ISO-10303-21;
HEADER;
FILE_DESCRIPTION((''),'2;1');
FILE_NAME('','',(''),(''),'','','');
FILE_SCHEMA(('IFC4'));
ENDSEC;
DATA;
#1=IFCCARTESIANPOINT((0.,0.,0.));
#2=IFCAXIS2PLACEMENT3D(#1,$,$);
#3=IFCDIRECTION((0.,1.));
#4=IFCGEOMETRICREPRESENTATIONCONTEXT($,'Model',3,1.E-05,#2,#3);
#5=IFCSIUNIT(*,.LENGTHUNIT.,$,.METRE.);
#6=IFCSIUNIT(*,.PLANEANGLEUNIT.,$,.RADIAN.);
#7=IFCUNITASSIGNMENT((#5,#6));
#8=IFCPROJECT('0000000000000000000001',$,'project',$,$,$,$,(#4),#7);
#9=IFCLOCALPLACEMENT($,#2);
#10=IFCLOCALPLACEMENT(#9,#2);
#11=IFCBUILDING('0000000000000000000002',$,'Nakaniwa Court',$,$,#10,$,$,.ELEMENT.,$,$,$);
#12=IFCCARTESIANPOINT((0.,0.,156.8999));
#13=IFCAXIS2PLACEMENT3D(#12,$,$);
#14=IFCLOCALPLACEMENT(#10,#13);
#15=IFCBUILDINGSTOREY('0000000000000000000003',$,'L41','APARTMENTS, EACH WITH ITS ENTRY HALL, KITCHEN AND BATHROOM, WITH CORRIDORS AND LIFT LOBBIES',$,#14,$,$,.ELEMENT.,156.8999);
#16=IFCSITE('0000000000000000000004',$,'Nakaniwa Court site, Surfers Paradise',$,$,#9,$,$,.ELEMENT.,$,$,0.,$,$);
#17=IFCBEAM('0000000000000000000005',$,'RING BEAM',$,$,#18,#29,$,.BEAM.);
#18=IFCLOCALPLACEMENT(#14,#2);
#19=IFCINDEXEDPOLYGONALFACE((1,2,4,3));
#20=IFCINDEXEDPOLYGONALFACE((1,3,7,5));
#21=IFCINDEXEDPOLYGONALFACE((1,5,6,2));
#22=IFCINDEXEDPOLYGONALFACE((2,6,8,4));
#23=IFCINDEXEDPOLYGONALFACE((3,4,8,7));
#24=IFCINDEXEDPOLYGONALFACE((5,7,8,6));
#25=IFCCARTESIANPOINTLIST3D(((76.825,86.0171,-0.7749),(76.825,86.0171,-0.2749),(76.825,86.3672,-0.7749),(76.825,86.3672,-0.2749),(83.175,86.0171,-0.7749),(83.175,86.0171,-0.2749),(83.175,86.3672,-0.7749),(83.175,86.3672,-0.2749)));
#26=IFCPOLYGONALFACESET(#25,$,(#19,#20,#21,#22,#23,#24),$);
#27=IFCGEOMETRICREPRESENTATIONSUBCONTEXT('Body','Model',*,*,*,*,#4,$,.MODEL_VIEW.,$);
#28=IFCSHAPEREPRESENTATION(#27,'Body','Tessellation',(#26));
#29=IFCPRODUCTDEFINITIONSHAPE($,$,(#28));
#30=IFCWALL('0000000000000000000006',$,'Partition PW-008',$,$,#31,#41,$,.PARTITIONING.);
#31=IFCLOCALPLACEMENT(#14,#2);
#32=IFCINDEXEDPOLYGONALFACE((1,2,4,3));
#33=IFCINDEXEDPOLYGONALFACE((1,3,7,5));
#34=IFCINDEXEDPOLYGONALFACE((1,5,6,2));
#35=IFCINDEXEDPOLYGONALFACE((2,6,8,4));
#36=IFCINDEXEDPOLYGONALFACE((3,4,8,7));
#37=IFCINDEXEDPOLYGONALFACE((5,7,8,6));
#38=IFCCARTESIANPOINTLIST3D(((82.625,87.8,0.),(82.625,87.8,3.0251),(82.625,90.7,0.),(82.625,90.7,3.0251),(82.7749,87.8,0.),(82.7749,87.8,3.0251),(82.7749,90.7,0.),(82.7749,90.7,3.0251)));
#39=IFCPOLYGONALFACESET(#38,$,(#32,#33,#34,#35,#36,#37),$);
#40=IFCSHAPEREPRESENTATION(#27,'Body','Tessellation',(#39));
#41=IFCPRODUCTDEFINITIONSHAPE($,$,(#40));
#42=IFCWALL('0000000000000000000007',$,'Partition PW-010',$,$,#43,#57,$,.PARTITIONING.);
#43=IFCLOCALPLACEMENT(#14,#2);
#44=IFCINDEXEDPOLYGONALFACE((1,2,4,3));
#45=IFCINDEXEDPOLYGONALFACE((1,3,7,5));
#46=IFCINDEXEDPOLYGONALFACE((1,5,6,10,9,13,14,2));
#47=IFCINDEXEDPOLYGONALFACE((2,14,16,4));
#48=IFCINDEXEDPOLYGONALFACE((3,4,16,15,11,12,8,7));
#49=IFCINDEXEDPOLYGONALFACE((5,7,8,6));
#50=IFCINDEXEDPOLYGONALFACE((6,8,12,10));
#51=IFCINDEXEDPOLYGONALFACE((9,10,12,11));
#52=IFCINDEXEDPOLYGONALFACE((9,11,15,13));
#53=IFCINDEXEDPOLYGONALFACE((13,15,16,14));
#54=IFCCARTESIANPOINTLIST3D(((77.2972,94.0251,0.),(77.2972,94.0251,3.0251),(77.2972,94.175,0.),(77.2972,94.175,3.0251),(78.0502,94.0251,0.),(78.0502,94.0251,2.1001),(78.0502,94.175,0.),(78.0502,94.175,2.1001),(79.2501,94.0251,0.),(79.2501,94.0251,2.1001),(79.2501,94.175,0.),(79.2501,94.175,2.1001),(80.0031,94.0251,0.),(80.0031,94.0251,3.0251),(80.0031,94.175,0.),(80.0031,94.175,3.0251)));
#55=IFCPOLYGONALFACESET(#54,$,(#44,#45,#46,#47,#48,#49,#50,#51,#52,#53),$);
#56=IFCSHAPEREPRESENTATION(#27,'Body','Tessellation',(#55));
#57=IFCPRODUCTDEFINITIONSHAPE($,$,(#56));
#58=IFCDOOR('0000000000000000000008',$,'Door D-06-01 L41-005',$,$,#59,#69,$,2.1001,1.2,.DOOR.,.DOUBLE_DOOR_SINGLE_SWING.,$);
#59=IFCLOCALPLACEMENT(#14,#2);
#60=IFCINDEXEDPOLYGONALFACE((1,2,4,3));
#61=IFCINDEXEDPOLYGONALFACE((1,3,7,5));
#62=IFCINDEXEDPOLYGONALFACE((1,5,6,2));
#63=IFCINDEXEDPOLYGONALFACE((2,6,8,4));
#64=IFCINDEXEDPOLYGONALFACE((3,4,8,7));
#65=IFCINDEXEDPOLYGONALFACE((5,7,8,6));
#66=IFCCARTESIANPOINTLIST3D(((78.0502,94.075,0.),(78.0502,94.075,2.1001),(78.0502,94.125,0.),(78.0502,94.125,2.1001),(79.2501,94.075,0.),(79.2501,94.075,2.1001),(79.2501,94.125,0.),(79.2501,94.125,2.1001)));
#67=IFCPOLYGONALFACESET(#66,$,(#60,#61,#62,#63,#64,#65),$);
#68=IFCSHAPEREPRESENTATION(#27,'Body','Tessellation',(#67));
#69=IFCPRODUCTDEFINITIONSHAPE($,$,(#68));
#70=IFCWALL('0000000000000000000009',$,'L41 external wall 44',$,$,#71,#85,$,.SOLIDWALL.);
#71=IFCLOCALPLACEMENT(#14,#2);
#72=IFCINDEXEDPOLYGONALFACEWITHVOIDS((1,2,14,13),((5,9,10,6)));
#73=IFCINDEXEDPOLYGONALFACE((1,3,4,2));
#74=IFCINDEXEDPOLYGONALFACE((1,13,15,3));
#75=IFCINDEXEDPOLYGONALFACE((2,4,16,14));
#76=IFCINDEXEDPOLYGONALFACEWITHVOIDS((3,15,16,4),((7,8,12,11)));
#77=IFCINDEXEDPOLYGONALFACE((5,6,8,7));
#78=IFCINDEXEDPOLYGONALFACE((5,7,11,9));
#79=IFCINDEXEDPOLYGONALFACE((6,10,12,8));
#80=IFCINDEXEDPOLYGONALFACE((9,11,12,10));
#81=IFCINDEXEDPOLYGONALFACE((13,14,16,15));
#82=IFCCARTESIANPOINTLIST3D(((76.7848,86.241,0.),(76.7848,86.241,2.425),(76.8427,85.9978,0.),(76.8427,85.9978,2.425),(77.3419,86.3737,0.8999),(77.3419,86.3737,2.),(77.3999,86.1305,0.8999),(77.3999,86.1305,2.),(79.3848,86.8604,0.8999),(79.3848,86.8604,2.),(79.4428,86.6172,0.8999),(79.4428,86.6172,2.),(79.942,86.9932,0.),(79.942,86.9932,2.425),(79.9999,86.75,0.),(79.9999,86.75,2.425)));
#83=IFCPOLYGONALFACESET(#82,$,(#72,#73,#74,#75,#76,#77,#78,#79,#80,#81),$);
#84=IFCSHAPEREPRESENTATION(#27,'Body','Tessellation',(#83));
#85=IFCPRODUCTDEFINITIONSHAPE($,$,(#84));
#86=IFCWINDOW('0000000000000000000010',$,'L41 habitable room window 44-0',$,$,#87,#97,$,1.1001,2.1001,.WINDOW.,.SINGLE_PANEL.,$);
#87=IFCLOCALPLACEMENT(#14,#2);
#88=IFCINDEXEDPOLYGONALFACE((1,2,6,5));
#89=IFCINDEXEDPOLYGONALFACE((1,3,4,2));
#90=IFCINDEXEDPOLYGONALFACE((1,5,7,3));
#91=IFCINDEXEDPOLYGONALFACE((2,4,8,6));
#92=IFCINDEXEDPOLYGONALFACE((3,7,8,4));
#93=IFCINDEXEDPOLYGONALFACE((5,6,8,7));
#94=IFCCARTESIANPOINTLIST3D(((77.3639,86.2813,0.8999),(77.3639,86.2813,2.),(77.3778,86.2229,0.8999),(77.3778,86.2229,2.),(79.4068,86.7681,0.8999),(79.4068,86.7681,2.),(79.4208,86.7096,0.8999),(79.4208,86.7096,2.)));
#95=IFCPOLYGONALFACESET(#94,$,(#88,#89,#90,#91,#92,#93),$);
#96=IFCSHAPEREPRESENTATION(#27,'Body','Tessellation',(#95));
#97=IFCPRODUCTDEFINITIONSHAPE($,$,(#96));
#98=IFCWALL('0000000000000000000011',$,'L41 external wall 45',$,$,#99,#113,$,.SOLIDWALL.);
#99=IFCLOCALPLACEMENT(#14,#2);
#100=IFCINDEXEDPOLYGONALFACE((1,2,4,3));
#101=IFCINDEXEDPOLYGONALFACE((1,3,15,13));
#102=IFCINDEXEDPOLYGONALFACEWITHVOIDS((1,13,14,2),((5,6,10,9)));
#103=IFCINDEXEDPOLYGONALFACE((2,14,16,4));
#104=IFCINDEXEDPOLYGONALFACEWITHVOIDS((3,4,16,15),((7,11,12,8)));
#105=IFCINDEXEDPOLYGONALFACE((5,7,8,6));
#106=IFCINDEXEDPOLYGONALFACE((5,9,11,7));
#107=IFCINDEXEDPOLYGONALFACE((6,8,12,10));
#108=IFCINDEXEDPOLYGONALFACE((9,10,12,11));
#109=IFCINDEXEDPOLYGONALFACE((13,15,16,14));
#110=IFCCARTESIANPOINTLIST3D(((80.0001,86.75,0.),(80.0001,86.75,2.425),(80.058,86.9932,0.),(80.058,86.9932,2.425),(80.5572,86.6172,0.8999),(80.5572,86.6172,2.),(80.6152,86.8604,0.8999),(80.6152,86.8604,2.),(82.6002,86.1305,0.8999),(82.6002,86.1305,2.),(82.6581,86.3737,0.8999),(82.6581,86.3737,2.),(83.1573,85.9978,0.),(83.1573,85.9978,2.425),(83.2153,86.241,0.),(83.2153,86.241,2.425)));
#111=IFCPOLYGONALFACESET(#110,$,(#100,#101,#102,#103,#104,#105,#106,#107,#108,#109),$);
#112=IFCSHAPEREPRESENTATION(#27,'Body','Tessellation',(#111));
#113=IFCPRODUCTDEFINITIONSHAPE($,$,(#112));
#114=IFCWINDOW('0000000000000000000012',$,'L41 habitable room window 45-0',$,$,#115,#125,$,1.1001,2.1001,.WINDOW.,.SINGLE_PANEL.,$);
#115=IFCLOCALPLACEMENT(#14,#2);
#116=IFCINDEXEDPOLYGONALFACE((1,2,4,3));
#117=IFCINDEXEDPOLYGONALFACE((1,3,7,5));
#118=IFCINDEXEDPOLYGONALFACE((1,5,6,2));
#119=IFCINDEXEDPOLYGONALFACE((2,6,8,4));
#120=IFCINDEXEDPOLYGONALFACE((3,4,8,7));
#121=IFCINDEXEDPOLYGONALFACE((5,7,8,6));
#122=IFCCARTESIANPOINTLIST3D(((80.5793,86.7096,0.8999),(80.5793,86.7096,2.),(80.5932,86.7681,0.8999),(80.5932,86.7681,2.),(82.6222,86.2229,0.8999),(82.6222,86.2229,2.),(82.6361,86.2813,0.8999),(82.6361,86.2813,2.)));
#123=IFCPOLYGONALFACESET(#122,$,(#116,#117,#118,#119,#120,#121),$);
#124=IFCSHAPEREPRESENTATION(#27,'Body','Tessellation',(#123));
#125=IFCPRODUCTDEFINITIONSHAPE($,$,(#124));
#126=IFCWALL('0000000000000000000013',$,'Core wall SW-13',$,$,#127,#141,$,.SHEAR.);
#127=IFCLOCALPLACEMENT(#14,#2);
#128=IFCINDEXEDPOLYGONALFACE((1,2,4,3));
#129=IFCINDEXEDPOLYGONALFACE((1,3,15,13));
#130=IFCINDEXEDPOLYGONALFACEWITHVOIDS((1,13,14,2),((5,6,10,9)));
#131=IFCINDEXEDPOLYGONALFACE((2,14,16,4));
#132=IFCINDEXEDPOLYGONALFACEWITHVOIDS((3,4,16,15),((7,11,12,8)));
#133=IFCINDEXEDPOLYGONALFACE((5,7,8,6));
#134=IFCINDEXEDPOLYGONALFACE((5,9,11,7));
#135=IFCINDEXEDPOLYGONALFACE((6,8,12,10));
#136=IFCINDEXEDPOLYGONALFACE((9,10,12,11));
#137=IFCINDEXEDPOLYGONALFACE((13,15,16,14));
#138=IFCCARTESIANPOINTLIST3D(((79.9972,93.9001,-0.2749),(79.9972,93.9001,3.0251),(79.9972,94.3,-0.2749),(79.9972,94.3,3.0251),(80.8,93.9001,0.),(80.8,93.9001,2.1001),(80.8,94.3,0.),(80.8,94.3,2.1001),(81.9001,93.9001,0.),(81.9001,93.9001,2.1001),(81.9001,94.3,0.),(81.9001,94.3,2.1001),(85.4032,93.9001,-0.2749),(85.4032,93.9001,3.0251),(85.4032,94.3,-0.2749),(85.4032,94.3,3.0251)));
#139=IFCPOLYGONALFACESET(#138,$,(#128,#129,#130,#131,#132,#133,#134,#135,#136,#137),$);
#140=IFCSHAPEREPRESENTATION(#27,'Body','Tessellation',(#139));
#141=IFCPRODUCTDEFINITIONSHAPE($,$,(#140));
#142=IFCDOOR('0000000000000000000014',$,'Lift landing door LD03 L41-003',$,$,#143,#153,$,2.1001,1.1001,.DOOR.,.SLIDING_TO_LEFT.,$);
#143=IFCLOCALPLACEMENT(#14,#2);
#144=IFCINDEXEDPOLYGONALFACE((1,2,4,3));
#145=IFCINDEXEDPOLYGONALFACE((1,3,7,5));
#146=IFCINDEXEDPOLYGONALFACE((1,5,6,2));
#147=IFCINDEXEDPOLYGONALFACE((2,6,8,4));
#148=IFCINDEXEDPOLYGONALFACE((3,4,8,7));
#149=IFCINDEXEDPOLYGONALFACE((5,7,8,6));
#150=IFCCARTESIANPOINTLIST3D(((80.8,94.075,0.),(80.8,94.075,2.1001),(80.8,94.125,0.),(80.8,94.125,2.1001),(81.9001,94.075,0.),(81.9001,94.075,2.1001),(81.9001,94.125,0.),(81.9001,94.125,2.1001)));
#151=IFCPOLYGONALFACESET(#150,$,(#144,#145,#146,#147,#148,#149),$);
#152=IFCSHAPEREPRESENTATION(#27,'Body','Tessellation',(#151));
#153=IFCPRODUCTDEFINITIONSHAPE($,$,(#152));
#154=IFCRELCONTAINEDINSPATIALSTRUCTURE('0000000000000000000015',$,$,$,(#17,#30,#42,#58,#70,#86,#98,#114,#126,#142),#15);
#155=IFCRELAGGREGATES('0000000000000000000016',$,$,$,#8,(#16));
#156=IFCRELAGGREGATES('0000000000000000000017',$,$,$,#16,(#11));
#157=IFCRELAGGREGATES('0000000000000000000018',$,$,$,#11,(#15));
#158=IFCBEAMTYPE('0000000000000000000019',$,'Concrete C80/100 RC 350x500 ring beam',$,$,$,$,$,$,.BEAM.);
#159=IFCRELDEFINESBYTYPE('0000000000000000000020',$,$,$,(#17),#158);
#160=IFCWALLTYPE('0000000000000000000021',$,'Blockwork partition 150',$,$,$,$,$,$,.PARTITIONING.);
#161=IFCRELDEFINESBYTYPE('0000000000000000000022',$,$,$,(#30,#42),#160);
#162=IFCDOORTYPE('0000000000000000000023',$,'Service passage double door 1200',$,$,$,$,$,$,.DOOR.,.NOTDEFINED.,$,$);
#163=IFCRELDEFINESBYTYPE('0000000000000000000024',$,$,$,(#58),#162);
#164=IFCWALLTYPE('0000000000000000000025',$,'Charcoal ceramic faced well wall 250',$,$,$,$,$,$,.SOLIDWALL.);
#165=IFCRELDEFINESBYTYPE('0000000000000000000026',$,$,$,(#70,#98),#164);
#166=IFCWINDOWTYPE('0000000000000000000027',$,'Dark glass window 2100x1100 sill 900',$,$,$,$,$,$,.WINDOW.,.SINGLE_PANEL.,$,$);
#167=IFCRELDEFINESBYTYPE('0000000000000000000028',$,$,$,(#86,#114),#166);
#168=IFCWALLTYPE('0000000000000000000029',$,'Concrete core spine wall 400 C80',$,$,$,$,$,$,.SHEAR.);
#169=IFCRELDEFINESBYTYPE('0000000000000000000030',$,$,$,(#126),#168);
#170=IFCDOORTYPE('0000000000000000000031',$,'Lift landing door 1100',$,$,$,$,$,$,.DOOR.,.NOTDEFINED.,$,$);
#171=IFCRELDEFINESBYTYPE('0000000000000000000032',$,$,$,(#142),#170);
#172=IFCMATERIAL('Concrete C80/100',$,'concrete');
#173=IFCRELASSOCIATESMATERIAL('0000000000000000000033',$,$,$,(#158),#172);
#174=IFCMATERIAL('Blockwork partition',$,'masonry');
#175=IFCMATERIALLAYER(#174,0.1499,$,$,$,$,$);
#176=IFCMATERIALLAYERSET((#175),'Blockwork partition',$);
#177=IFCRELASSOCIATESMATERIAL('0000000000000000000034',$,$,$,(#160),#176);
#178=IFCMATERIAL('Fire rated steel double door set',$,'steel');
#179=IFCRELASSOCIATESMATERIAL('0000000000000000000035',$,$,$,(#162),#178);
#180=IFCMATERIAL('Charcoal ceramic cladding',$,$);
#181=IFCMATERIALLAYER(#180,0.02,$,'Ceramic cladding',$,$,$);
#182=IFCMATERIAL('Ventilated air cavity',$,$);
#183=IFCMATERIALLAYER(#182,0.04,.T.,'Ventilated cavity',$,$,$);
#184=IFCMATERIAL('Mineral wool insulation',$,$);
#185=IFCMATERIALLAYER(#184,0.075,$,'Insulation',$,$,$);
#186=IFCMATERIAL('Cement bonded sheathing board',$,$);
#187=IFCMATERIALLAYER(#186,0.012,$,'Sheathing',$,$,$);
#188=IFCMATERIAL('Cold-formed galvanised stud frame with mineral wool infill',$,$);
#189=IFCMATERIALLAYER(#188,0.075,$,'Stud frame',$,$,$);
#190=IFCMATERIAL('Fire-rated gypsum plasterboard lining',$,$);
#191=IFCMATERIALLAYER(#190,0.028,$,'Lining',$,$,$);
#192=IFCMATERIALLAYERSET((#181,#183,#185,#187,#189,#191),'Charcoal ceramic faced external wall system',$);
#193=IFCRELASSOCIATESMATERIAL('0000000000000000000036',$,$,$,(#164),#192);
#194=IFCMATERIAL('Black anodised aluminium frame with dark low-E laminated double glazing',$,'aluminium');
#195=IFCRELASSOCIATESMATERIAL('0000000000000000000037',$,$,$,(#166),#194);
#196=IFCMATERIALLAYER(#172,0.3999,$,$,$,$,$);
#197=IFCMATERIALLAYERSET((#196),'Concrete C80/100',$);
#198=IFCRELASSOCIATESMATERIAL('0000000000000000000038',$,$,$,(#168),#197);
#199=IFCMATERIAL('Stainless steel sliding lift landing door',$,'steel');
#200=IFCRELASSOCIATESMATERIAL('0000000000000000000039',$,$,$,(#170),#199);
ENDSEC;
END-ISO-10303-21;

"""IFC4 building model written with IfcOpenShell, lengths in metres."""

from ifc_helpers import new_model, si_unit, direction, frame, frame_2d, origin, origin_2d, place, context, subcontext, project, spatial, rectangle, extrude, material, layer, layer_set, material_profile, profile_set, type_object, element, fill, save


model = new_model("IFC4")

# Units and contexts
model_context = context("Model", 3, precision=1e-05, world=origin(), true_north=direction((0.0, 1.0)))
body_context = subcontext(model_context, "Body", "Model", "MODEL_VIEW")
ifc_project = project(units=[si_unit("LENGTHUNIT", "METRE"), si_unit("PLANEANGLEUNIT", "RADIAN")], contexts=[model_context])

# Site, building, storey
site_placement = place(None, origin())
site = spatial("IfcSite", under=ifc_project, at=site_placement, Name="Nakaniwa Court site, Surfers Paradise", CompositionType="ELEMENT", RefElevation=0.0)
building_placement = place(site_placement, origin())
building = spatial("IfcBuilding", under=site, at=building_placement, Name="Nakaniwa Court", CompositionType="ELEMENT")
storey_placement = place(building_placement, frame((0.0, 0.0, 156.8999)))
storey = spatial("IfcBuildingStorey", under=building, at=storey_placement, Name="L41", Description="APARTMENTS, EACH WITH ITS ENTRY HALL, KITCHEN AND BATHROOM, WITH CORRIDORS AND LIFT LOBBIES", CompositionType="ELEMENT", Elevation=156.8999)

# Shared definitions
ifc_material_1 = material(Name="Concrete C80/100", Category="concrete")

# Beam
ifc_material_profile_1 = material_profile(ifc_material_1, rectangle(XDim=0.3501, YDim=0.5, at=origin_2d()), Name="Concrete C80/100 RC 350x500 ring beam")
ifc_profile_set_1 = profile_set([ifc_material_profile_1], Name="Concrete C80/100")
beam_type = type_object("IfcBeamType", Name="Concrete C80/100 RC 350x500 ring beam", PredefinedType="BEAM", material=ifc_profile_set_1)
beam_placement = place(storey_placement, frame((83.175, 86.1921, -0.5249), z_axis=(-1.0, 0.0, 0.0), x_axis=(0.0, -1.0, 0.0)))
element("IfcBeam", 1, at=beam_placement, inside=storey, type_object=beam_type, Name="RING BEAM", PredefinedType="BEAM", context=body_context, shape_type="SweptSolid", body=[
    extrude(rectangle(XDim=0.3501, YDim=0.5, at=origin_2d()), origin(), (0.0, 0.0, 1.0), 6.3501),
])

# Wall
ifc_material_2 = material(Name="Blockwork partition", Category="masonry")
ifc_layer_1 = layer(ifc_material_2, 0.1499)
ifc_layer_set_1 = layer_set([ifc_layer_1], Name="Blockwork partition")
wall_type_1 = type_object("IfcWallType", Name="Blockwork partition 150", PredefinedType="PARTITIONING", material=ifc_layer_set_1)
wall_1_placement = place(storey_placement, frame((82.7, 87.8, 0.0), z_axis=(0.0, 0.0, 1.0), x_axis=(0.0, 1.0, 0.0)))
element("IfcWall", 2, at=wall_1_placement, inside=storey, type_object=wall_type_1, Name="Partition PW-008", PredefinedType="PARTITIONING", context=body_context, shape_type="SweptSolid", body=[
    extrude(rectangle(XDim=2.8999, YDim=0.1499, at=frame_2d((1.45, 0.0))), origin(), (0.0, 0.0, 1.0), 3.0251),
])

# Wall, opening, door
wall_2_placement = place(storey_placement, frame((77.2971, 94.1001, 0.0), z_axis=(0.0, 0.0, 1.0), x_axis=(1.0, 0.0, 0.0)))
wall_2 = element("IfcWall", 3, at=wall_2_placement, inside=storey, type_object=wall_type_1, Name="Partition PW-010", PredefinedType="PARTITIONING", context=body_context, shape_type="SweptSolid", body=[
    extrude(rectangle(XDim=2.7058, YDim=0.1499, at=frame_2d((1.353, 0.0))), origin(), (0.0, 0.0, 1.0), 3.0251),
])
opening_1_placement = place(wall_2_placement, frame((0.7529, 0.0, 0.0)))
opening_1 = element("IfcOpeningElement", 4, at=opening_1_placement, cuts=wall_2, PredefinedType="OPENING", context=body_context, shape_type="SweptSolid", body=[
    extrude(rectangle(XDim=1.2, YDim=2.1001, at=frame_2d((0.6001, 1.05))), frame((0.0, 0.085, 0.0), z_axis=(0.0, -1.0, 0.0), x_axis=(1.0, 0.0, 0.0)), (0.0, 0.0, 1.0), 0.1699),
])
ifc_material_3 = material(Name="Fire rated steel double door set", Category="steel")
door_type_1 = type_object("IfcDoorType", Name="Service passage double door 1200", OperationType="NOTDEFINED", PredefinedType="DOOR", material=ifc_material_3)
door_1_placement = place(opening_1_placement, origin())
door_1 = element("IfcDoor", 5, at=door_1_placement, inside=storey, type_object=door_type_1, Name="Door D-06-01 L41-005", OperationType="DOUBLE_DOOR_SINGLE_SWING", OverallHeight=2.1001, OverallWidth=1.2, PredefinedType="DOOR", context=body_context, shape_type="SweptSolid", body=[
    extrude(rectangle(XDim=1.2, YDim=2.1001, at=frame_2d((0.6001, 1.05))), frame((0.0, 0.0249, 0.0), z_axis=(0.0, -1.0, 0.0), x_axis=(1.0, 0.0, 0.0)), (0.0, 0.0, 1.0), 0.05),
])
fill(opening_1, door_1)

# Walls, openings, windows
ifc_material_4 = material(Name="Charcoal ceramic cladding")
ifc_layer_2 = layer(ifc_material_4, 0.02, Name="Ceramic cladding")
ifc_material_5 = material(Name="Ventilated air cavity")
ifc_layer_3 = layer(ifc_material_5, 0.04, ventilated=True, Name="Ventilated cavity")
ifc_material_6 = material(Name="Mineral wool insulation")
ifc_layer_4 = layer(ifc_material_6, 0.075, Name="Insulation")
ifc_material_7 = material(Name="Cement bonded sheathing board")
ifc_layer_5 = layer(ifc_material_7, 0.012, Name="Sheathing")
ifc_material_8 = material(Name="Cold-formed galvanised stud frame with mineral wool infill")
ifc_layer_6 = layer(ifc_material_8, 0.075, Name="Stud frame")
ifc_material_9 = material(Name="Fire-rated gypsum plasterboard lining")
ifc_layer_7 = layer(ifc_material_9, 0.028, Name="Lining")
ifc_layer_set_2 = layer_set([ifc_layer_2, ifc_layer_3, ifc_layer_4, ifc_layer_5, ifc_layer_6, ifc_layer_7], Name="Charcoal ceramic faced external wall system")
wall_type_2 = type_object("IfcWallType", Name="Charcoal ceramic faced well wall 250", PredefinedType="SOLIDWALL", material=ifc_layer_set_2)
wall_3_placement = place(storey_placement, frame((76.8137, 86.1194, 0.0), z_axis=(0.0, 0.0, 1.0), x_axis=(0.972773, 0.23176, 0.0)))
wall_3 = element("IfcWall", 6, at=wall_3_placement, inside=storey, type_object=wall_type_2, Name="L41 external wall 44", PredefinedType="SOLIDWALL", context=body_context, shape_type="SweptSolid", body=[
    extrude(rectangle(XDim=3.2456, YDim=0.25, at=frame_2d((1.6228, 0.0))), origin(), (0.0, 0.0, 1.0), 2.425),
])
opening_2_placement = place(wall_3_placement, frame((0.5728, 0.0, 0.8999)))
opening_2 = element("IfcOpeningElement", 7, at=opening_2_placement, cuts=wall_3, PredefinedType="OPENING", context=body_context, shape_type="SweptSolid", body=[
    extrude(rectangle(XDim=2.1001, YDim=1.1001, at=frame_2d((1.05, 0.55))), frame((0.0, 0.135, 0.0), z_axis=(0.0, -1.0, 0.0), x_axis=(1.0, 0.0, 0.0)), (0.0, 0.0, 1.0), 0.27),
])
ifc_material_10 = material(Name="Black anodised aluminium frame with dark low-E laminated double glazing", Category="aluminium")
window_type = type_object("IfcWindowType", Name="Dark glass window 2100x1100 sill 900", PartitioningType="SINGLE_PANEL", PredefinedType="WINDOW", material=ifc_material_10)
window_1_placement = place(opening_2_placement, origin())
window_1 = element("IfcWindow", 8, at=window_1_placement, inside=storey, type_object=window_type, Name="L41 habitable room window 44-0", OverallHeight=1.1001, OverallWidth=2.1001, PartitioningType="SINGLE_PANEL", PredefinedType="WINDOW", context=body_context, shape_type="SweptSolid", body=[
    extrude(rectangle(XDim=2.1001, YDim=1.1001, at=frame_2d((1.05, 0.55))), frame((0.0, 0.03, 0.0), z_axis=(0.0, -1.0, 0.0), x_axis=(1.0, 0.0, 0.0)), (0.0, 0.0, 1.0), 0.0601),
])
fill(opening_2, window_1)
wall_4_placement = place(storey_placement, frame((80.0291, 86.8716, 0.0), z_axis=(0.0, 0.0, 1.0), x_axis=(0.972773, -0.23176, 0.0)))
wall_4 = element("IfcWall", 9, at=wall_4_placement, inside=storey, type_object=wall_type_2, Name="L41 external wall 45", PredefinedType="SOLIDWALL", context=body_context, shape_type="SweptSolid", body=[
    extrude(rectangle(XDim=3.2456, YDim=0.25, at=frame_2d((1.6228, 0.0))), origin(), (0.0, 0.0, 1.0), 2.425),
])
opening_3_placement = place(wall_4_placement, frame((0.5728, 0.0, 0.8999)))
opening_3 = element("IfcOpeningElement", 10, at=opening_3_placement, cuts=wall_4, PredefinedType="OPENING", context=body_context, shape_type="SweptSolid", body=[
    extrude(rectangle(XDim=2.1001, YDim=1.1001, at=frame_2d((1.05, 0.55))), frame((0.0, 0.135, 0.0), z_axis=(0.0, -1.0, 0.0), x_axis=(1.0, 0.0, 0.0)), (0.0, 0.0, 1.0), 0.27),
])
window_2_placement = place(opening_3_placement, origin())
window_2 = element("IfcWindow", 11, at=window_2_placement, inside=storey, type_object=window_type, Name="L41 habitable room window 45-0", OverallHeight=1.1001, OverallWidth=2.1001, PartitioningType="SINGLE_PANEL", PredefinedType="WINDOW", context=body_context, shape_type="SweptSolid", body=[
    extrude(rectangle(XDim=2.1001, YDim=1.1001, at=frame_2d((1.05, 0.55))), frame((0.0, 0.03, 0.0), z_axis=(0.0, -1.0, 0.0), x_axis=(1.0, 0.0, 0.0)), (0.0, 0.0, 1.0), 0.0601),
])
fill(opening_3, window_2)

# Wall, opening, door
ifc_layer_8 = layer(ifc_material_1, 0.3999)
ifc_layer_set_3 = layer_set([ifc_layer_8], Name="Concrete C80/100")
wall_type_3 = type_object("IfcWallType", Name="Concrete core spine wall 400 C80", PredefinedType="SHEAR", material=ifc_layer_set_3)
wall_5_placement = place(storey_placement, frame((79.9971, 94.1001, -0.2749), z_axis=(0.0, 0.0, 1.0), x_axis=(1.0, 0.0, 0.0)))
wall_5 = element("IfcWall", 12, at=wall_5_placement, inside=storey, type_object=wall_type_3, Name="Core wall SW-13", PredefinedType="SHEAR", context=body_context, shape_type="SweptSolid", body=[
    extrude(rectangle(XDim=5.406, YDim=0.3999, at=frame_2d((2.7031, 0.0))), origin(), (0.0, 0.0, 1.0), 3.3),
])
opening_4_placement = place(wall_5_placement, frame((0.803, 0.0, 0.2749)))
opening_4 = element("IfcOpeningElement", 13, at=opening_4_placement, cuts=wall_5, PredefinedType="OPENING", context=body_context, shape_type="SweptSolid", body=[
    extrude(rectangle(XDim=1.1001, YDim=2.1001, at=frame_2d((0.55, 1.05))), frame((0.0, 0.21, 0.0), z_axis=(0.0, -1.0, 0.0), x_axis=(1.0, 0.0, 0.0)), (0.0, 0.0, 1.0), 0.4199),
])
ifc_material_11 = material(Name="Stainless steel sliding lift landing door", Category="steel")
door_type_2 = type_object("IfcDoorType", Name="Lift landing door 1100", OperationType="NOTDEFINED", PredefinedType="DOOR", material=ifc_material_11)
door_2_placement = place(opening_4_placement, origin())
door_2 = element("IfcDoor", 14, at=door_2_placement, inside=storey, type_object=door_type_2, Name="Lift landing door LD03 L41-003", OperationType="SLIDING_TO_LEFT", OverallHeight=2.1001, OverallWidth=1.1001, PredefinedType="DOOR", context=body_context, shape_type="SweptSolid", body=[
    extrude(rectangle(XDim=1.1001, YDim=2.1001, at=frame_2d((0.55, 1.05))), frame((0.0, 0.0249, 0.0), z_axis=(0.0, -1.0, 0.0), x_axis=(1.0, 0.0, 0.0)), (0.0, 0.0, 1.0), 0.05),
])
fill(opening_4, door_2)

save(model, "model.ifc")
